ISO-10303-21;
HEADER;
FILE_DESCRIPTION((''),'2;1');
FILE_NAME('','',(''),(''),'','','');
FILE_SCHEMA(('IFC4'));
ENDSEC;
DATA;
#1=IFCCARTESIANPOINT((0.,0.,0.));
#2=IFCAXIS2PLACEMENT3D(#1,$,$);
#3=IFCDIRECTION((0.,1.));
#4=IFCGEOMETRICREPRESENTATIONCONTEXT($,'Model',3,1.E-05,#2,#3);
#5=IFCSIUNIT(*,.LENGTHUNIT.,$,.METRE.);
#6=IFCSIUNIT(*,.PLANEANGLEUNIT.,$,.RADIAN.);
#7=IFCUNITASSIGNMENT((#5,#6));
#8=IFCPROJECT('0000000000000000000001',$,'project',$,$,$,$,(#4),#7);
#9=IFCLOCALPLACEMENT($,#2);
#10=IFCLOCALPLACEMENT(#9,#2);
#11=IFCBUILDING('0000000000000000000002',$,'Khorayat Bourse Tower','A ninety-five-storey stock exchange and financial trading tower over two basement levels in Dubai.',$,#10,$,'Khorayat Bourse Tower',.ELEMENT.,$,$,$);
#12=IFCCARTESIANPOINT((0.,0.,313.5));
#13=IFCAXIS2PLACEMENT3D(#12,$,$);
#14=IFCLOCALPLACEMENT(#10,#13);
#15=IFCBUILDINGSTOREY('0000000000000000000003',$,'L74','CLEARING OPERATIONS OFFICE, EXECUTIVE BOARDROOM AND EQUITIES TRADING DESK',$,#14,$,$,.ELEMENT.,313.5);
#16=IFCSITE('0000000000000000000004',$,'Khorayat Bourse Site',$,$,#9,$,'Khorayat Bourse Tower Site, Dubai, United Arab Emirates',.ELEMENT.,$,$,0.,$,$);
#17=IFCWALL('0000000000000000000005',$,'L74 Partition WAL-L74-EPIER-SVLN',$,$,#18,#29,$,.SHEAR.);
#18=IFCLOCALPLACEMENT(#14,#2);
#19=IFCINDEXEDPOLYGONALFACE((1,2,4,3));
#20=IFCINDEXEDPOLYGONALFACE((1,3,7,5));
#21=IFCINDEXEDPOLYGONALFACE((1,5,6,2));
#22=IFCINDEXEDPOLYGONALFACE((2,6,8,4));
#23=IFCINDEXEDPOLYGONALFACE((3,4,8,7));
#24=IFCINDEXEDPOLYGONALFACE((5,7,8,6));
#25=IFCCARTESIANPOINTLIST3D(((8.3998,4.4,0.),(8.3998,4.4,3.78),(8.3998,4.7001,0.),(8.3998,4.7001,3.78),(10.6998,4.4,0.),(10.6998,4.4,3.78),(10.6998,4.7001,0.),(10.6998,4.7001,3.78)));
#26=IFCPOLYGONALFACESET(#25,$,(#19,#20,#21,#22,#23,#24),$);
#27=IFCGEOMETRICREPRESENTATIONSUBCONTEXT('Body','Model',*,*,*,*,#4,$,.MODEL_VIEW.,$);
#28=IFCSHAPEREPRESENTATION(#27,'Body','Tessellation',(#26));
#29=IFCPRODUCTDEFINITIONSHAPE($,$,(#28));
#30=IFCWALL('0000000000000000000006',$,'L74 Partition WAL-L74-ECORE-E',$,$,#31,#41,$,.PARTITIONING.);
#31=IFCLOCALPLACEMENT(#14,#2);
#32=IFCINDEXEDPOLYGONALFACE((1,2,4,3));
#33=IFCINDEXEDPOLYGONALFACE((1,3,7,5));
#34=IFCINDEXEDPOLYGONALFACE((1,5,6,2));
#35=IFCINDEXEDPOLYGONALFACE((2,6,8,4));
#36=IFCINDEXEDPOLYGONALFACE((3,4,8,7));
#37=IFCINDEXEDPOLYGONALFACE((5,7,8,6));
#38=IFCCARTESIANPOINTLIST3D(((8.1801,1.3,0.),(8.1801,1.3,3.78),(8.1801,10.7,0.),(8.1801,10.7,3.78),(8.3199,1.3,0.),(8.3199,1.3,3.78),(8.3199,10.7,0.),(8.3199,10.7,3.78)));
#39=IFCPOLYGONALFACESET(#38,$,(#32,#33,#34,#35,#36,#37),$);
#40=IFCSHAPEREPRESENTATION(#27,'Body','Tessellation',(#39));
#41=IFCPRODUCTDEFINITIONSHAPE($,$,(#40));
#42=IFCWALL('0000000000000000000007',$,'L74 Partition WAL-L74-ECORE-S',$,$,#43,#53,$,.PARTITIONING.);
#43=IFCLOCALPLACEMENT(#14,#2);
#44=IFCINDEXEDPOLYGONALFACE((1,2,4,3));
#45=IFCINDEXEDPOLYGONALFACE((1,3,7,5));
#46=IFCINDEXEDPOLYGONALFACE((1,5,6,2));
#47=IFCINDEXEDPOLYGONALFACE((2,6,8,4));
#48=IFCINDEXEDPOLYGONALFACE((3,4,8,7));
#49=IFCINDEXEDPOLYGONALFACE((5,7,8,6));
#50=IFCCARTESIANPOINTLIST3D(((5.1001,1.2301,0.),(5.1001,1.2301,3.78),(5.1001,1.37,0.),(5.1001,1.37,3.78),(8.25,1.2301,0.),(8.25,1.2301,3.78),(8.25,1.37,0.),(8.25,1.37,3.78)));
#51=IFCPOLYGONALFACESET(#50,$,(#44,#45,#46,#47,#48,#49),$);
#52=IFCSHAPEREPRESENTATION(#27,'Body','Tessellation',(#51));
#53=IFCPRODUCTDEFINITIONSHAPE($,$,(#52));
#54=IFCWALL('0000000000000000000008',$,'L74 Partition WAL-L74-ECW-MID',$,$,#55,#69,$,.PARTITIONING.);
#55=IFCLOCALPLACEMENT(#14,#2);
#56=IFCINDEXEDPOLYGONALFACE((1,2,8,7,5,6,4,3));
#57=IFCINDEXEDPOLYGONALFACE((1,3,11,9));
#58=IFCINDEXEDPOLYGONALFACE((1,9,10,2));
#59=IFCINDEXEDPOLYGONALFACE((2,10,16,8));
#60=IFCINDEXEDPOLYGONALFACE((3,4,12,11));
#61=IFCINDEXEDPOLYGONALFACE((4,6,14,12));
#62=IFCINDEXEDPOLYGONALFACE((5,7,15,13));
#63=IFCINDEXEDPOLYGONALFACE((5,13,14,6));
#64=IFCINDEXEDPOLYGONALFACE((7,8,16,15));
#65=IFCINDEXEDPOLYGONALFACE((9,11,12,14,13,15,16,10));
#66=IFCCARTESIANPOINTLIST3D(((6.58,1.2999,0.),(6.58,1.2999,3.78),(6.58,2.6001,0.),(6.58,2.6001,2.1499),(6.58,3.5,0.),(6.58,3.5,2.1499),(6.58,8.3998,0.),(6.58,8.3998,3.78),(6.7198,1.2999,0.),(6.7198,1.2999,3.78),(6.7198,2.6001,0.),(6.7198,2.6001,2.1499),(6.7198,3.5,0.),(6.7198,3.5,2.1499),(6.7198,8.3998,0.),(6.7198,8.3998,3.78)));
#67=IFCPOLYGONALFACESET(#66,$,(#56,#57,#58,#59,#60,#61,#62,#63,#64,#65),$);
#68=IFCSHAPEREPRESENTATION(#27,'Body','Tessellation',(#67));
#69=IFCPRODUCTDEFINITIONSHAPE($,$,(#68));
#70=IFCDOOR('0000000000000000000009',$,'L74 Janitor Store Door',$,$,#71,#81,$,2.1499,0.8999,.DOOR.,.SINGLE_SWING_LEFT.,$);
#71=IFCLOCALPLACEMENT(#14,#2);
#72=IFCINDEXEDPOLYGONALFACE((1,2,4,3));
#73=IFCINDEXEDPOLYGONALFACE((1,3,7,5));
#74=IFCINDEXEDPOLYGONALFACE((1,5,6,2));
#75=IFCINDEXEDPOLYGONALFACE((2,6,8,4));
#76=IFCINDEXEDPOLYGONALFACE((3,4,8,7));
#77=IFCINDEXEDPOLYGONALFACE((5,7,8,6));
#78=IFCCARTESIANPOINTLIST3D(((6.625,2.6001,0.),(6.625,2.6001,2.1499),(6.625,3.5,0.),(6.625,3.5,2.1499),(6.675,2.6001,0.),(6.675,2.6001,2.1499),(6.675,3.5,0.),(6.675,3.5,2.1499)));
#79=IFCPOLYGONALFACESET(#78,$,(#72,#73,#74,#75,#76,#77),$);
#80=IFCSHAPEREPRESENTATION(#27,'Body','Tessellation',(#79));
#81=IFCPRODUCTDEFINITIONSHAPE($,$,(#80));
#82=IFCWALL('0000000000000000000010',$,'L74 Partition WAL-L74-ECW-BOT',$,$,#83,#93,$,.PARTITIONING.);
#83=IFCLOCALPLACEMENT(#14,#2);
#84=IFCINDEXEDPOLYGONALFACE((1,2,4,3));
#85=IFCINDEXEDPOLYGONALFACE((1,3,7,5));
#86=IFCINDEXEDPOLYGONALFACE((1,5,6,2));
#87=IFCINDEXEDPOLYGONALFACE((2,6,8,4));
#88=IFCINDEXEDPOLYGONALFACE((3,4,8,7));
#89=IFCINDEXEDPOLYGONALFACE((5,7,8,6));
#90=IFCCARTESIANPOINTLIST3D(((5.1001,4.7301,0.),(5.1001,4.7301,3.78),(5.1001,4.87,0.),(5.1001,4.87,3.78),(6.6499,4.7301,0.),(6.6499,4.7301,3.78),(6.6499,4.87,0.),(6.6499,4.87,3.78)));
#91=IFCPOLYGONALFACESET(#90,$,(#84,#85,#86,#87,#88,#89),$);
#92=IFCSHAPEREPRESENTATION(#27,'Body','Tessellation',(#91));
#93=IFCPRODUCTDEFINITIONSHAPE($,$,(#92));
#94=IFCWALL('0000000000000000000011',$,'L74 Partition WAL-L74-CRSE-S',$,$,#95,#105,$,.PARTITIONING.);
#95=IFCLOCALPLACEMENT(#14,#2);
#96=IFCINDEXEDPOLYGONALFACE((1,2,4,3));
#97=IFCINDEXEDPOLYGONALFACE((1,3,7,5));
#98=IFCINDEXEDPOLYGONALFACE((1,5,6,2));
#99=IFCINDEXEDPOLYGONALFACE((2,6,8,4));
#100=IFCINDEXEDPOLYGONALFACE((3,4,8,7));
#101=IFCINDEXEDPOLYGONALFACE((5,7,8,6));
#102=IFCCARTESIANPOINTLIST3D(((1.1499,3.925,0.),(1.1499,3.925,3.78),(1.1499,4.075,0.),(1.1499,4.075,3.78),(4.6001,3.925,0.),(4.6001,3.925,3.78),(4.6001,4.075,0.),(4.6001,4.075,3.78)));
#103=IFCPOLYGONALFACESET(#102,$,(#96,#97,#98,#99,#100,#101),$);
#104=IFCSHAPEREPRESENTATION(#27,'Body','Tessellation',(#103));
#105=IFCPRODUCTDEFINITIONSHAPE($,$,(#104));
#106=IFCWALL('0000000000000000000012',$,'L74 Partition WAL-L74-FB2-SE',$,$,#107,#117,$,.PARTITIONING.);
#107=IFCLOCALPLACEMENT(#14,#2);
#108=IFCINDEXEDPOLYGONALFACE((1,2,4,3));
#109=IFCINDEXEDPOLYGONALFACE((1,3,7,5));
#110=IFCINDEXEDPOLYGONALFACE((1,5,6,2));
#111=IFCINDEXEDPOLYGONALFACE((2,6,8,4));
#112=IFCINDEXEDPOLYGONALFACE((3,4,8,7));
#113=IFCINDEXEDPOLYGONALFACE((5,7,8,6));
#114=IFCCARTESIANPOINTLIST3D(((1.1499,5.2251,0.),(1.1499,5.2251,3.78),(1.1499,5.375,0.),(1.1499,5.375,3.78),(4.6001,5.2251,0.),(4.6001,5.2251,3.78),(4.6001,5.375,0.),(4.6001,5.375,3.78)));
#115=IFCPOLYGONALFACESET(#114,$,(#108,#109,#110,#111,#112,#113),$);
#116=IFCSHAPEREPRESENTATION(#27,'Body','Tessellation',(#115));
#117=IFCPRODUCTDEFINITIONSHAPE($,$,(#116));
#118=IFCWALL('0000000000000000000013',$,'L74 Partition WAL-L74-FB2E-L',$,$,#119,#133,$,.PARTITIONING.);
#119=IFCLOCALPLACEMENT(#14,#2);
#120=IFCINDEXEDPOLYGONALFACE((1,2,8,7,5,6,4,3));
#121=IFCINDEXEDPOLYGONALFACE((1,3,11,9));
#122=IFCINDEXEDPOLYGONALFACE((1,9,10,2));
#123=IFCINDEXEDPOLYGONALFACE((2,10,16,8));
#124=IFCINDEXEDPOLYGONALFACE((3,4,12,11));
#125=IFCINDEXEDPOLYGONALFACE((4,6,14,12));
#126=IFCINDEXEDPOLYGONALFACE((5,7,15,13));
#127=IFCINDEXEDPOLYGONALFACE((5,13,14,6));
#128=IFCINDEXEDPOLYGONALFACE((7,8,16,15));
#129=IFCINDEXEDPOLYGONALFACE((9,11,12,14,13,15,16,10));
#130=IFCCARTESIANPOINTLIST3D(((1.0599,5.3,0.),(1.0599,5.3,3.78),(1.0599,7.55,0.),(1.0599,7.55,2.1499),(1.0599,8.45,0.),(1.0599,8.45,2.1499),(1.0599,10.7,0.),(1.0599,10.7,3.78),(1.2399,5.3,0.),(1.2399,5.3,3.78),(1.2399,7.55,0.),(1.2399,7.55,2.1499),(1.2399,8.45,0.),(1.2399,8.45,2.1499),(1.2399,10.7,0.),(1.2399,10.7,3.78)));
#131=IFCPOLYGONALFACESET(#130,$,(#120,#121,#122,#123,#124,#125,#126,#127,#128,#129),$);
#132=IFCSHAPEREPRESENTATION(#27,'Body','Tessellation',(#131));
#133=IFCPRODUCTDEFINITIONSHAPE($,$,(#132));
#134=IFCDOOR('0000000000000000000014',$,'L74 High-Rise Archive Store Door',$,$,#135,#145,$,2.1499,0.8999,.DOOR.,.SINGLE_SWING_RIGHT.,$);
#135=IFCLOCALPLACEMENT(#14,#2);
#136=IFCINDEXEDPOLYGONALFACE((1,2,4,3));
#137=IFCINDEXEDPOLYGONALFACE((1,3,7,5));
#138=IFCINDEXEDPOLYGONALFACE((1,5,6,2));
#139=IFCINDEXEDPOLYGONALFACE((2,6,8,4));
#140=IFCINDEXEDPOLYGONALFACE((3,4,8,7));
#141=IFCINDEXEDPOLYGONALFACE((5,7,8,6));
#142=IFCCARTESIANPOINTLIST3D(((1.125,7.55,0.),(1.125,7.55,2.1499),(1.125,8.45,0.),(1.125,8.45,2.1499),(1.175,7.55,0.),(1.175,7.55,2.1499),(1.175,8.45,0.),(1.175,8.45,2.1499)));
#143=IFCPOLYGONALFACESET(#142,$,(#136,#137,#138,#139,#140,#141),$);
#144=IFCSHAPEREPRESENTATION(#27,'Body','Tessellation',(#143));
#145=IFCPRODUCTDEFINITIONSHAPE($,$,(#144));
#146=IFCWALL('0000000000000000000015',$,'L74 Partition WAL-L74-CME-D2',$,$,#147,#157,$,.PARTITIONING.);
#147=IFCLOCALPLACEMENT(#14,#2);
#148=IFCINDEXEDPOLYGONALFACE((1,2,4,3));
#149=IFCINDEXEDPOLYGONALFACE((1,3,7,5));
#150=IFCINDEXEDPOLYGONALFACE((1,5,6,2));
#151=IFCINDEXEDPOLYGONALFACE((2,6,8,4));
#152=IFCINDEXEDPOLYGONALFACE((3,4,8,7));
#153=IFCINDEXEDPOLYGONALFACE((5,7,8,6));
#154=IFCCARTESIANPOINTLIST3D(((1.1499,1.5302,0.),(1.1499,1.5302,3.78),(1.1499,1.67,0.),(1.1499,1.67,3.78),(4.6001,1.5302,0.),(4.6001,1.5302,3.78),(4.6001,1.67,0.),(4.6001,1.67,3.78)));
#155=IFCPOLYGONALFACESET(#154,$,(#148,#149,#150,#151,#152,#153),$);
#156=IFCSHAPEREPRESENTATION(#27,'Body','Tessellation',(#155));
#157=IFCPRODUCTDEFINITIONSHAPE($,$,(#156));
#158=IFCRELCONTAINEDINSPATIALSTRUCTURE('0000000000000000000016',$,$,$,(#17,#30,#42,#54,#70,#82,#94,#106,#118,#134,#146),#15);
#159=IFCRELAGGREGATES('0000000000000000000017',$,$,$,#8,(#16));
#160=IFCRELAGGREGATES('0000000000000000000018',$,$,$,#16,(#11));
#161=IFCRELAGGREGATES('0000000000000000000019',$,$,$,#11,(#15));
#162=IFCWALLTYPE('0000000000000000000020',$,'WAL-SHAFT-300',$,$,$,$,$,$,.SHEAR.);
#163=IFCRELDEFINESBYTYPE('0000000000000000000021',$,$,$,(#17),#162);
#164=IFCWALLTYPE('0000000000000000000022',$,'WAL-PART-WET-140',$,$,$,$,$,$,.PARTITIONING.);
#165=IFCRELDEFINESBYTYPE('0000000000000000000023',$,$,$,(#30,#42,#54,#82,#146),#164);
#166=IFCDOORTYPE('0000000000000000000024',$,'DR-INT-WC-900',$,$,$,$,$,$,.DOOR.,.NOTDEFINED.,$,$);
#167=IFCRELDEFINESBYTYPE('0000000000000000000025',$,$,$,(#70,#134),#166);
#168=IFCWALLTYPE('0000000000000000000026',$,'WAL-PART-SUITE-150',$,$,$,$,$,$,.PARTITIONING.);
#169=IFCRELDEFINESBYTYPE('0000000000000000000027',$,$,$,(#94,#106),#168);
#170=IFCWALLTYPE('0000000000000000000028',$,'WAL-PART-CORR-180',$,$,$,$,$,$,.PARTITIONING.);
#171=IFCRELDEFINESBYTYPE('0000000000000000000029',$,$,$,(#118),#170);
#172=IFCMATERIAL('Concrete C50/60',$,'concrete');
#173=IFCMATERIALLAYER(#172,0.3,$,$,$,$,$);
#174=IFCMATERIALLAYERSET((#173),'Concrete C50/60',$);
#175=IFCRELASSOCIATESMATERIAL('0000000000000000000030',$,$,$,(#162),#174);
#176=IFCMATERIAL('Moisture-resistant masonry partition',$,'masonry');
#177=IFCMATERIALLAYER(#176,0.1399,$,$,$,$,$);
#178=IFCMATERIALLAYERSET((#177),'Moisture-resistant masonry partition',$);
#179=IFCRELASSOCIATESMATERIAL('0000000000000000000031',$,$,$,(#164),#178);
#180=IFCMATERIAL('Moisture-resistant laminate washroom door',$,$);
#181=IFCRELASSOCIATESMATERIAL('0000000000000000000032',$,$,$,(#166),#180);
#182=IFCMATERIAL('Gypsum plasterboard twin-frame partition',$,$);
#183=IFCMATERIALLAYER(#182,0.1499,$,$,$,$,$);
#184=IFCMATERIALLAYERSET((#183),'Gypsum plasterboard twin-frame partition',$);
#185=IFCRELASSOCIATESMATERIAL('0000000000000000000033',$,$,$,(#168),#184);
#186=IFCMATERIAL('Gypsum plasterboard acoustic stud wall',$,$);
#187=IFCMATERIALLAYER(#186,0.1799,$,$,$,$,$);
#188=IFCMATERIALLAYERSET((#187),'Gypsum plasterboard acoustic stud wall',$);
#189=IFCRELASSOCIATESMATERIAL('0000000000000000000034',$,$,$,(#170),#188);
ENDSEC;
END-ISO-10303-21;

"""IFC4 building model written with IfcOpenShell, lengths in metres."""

from ifc_helpers import new_model, si_unit, direction, frame, frame_2d, origin, place, context, subcontext, project, spatial, rectangle, extrude, source, transform, mapped, material, layer, layer_set, type_object, element, fill, save


model = new_model("IFC4")

# Units and contexts
model_context = context("Model", 3, precision=1e-05, world=origin(), true_north=direction((0.0, 1.0)))
body_context = subcontext(model_context, "Body", "Model", "MODEL_VIEW")
ifc_project = project(units=[si_unit("LENGTHUNIT", "METRE"), si_unit("PLANEANGLEUNIT", "RADIAN")], contexts=[model_context])

# Site, building, storey
site_placement = place(None, origin())
site = spatial("IfcSite", under=ifc_project, at=site_placement, Name="Khorayat Bourse Site", LongName="Khorayat Bourse Tower Site, Dubai, United Arab Emirates", CompositionType="ELEMENT", RefElevation=0.0)
building_placement = place(site_placement, origin())
building = spatial("IfcBuilding", under=site, at=building_placement, Name="Khorayat Bourse Tower", Description="A ninety-five-storey stock exchange and financial trading tower over two basement levels in Dubai.", LongName="Khorayat Bourse Tower", CompositionType="ELEMENT")
storey_placement = place(building_placement, frame((0.0, 0.0, 313.5)))
storey = spatial("IfcBuildingStorey", under=building, at=storey_placement, Name="L74", Description="CLEARING OPERATIONS OFFICE, EXECUTIVE BOARDROOM AND EQUITIES TRADING DESK", CompositionType="ELEMENT", Elevation=313.5)

# Walls
ifc_material_1 = material(Name="Concrete C50/60", Category="concrete")
ifc_layer_1 = layer(ifc_material_1, 0.3)
ifc_layer_set_1 = layer_set([ifc_layer_1], Name="Concrete C50/60")
wall_type_1 = type_object("IfcWallType", Name="WAL-SHAFT-300", PredefinedType="SHEAR", material=ifc_layer_set_1)
shared_shape_1 = source(origin(), body_context, "Body", "SweptSolid", [
    extrude(rectangle(XDim=2.3, YDim=0.3, at=frame_2d((1.1499, 0.0))), origin(), (0.0, 0.0, 1.0), 3.78),
])
wall_1_placement = place(storey_placement, frame((8.3999, 4.55, 0.0), z_axis=(0.0, 0.0, 1.0), x_axis=(1.0, 0.0, 0.0)))
element("IfcWall", 1, at=wall_1_placement, inside=storey, type_object=wall_type_1, Name="L74 Partition WAL-L74-EPIER-SVLN", PredefinedType="SHEAR", context=body_context, shape_type="MappedRepresentation", body=[
    mapped(shared_shape_1, transform((0.0, 0.0, 0.0), scale=1.0)),
])
ifc_material_2 = material(Name="Moisture-resistant masonry partition", Category="masonry")
ifc_layer_2 = layer(ifc_material_2, 0.1399)
ifc_layer_set_2 = layer_set([ifc_layer_2], Name="Moisture-resistant masonry partition")
wall_type_2 = type_object("IfcWallType", Name="WAL-PART-WET-140", PredefinedType="PARTITIONING", material=ifc_layer_set_2)
shared_shape_2 = source(origin(), body_context, "Body", "SweptSolid", [
    extrude(rectangle(XDim=9.3999, YDim=0.1399, at=frame_2d((4.7, 0.0))), origin(), (0.0, 0.0, 1.0), 3.78),
])
wall_2_placement = place(storey_placement, frame((8.25, 1.3, 0.0), z_axis=(0.0, 0.0, 1.0), x_axis=(0.0, 1.0, 0.0)))
element("IfcWall", 2, at=wall_2_placement, inside=storey, type_object=wall_type_2, Name="L74 Partition WAL-L74-ECORE-E", PredefinedType="PARTITIONING", context=body_context, shape_type="MappedRepresentation", body=[
    mapped(shared_shape_2, transform((0.0, 0.0, 0.0), scale=1.0)),
])
shared_shape_3 = source(origin(), body_context, "Body", "SweptSolid", [
    extrude(rectangle(XDim=3.1499, YDim=0.1399, at=frame_2d((1.575, 0.0))), origin(), (0.0, 0.0, 1.0), 3.78),
])
wall_3_placement = place(storey_placement, frame((5.1001, 1.3, 0.0), z_axis=(0.0, 0.0, 1.0), x_axis=(1.0, 0.0, 0.0)))
element("IfcWall", 3, at=wall_3_placement, inside=storey, type_object=wall_type_2, Name="L74 Partition WAL-L74-ECORE-S", PredefinedType="PARTITIONING", context=body_context, shape_type="MappedRepresentation", body=[
    mapped(shared_shape_3, transform((0.0, 0.0, 0.0), scale=1.0)),
])

# Wall, opening, door
shared_shape_4 = source(origin(), body_context, "Body", "SweptSolid", [
    extrude(rectangle(XDim=7.0999, YDim=0.1399, at=frame_2d((3.5498, 0.0))), origin(), (0.0, 0.0, 1.0), 3.78),
])
wall_4_placement = place(storey_placement, frame((6.6499, 1.3, 0.0), z_axis=(0.0, 0.0, 1.0), x_axis=(0.0, 1.0, 0.0)))
wall_4 = element("IfcWall", 4, at=wall_4_placement, inside=storey, type_object=wall_type_2, Name="L74 Partition WAL-L74-ECW-MID", PredefinedType="PARTITIONING", context=body_context, shape_type="MappedRepresentation", body=[
    mapped(shared_shape_4, transform((0.0, 0.0, 0.0), scale=1.0)),
])
shared_shape_5 = source(origin(), body_context, "Body", "SweptSolid", [
    extrude(rectangle(XDim=0.8999, YDim=2.1499, at=frame_2d((0.45, 1.075))), frame((0.0, 0.0798, 0.0), z_axis=(0.0, -1.0, 0.0), x_axis=(1.0, 0.0, 0.0)), (0.0, 0.0, 1.0), 0.1599),
])
opening_1_placement = place(wall_4_placement, frame((1.3, 0.0, 0.0)))
opening_1 = element("IfcOpeningElement", 5, at=opening_1_placement, cuts=wall_4, PredefinedType="OPENING", context=body_context, shape_type="MappedRepresentation", body=[
    mapped(shared_shape_5, transform((0.0, 0.0, 0.0), scale=1.0)),
])
ifc_material_3 = material(Name="Moisture-resistant laminate washroom door")
door_type = type_object("IfcDoorType", Name="DR-INT-WC-900", OperationType="NOTDEFINED", PredefinedType="DOOR", material=ifc_material_3)
shared_shape_6 = source(origin(), body_context, "Body", "SweptSolid", [
    extrude(rectangle(XDim=0.8999, YDim=2.1499, at=frame_2d((0.45, 1.075))), frame((0.0, 0.0249, 0.0), z_axis=(0.0, -1.0, 0.0), x_axis=(1.0, 0.0, 0.0)), (0.0, 0.0, 1.0), 0.05),
])
door_1_placement = place(opening_1_placement, origin())
door_1 = element("IfcDoor", 6, at=door_1_placement, inside=storey, type_object=door_type, Name="L74 Janitor Store Door", OperationType="SINGLE_SWING_LEFT", OverallHeight=2.1499, OverallWidth=0.8999, PredefinedType="DOOR", context=body_context, shape_type="MappedRepresentation", body=[
    mapped(shared_shape_6, transform((0.0, 0.0, 0.0), scale=1.0)),
])
fill(opening_1, door_1)

# Walls
shared_shape_7 = source(origin(), body_context, "Body", "SweptSolid", [
    extrude(rectangle(XDim=1.5498, YDim=0.1399, at=frame_2d((0.7749, 0.0))), origin(), (0.0, 0.0, 1.0), 3.78),
])
wall_5_placement = place(storey_placement, frame((5.1001, 4.8, 0.0), z_axis=(0.0, 0.0, 1.0), x_axis=(1.0, 0.0, 0.0)))
element("IfcWall", 7, at=wall_5_placement, inside=storey, type_object=wall_type_2, Name="L74 Partition WAL-L74-ECW-BOT", PredefinedType="PARTITIONING", context=body_context, shape_type="MappedRepresentation", body=[
    mapped(shared_shape_7, transform((0.0, 0.0, 0.0), scale=1.0)),
])
ifc_material_4 = material(Name="Gypsum plasterboard twin-frame partition")
ifc_layer_3 = layer(ifc_material_4, 0.1499)
ifc_layer_set_3 = layer_set([ifc_layer_3], Name="Gypsum plasterboard twin-frame partition")
wall_type_3 = type_object("IfcWallType", Name="WAL-PART-SUITE-150", PredefinedType="PARTITIONING", material=ifc_layer_set_3)
shared_shape_8 = source(origin(), body_context, "Body", "SweptSolid", [
    extrude(rectangle(XDim=3.4502, YDim=0.1499, at=frame_2d((1.7251, 0.0))), origin(), (0.0, 0.0, 1.0), 3.78),
])
for number, where, z_axis, x_axis, name in (
    (8, (1.1499, 4.0, 0.0), (0.0, 0.0, 1.0), (1.0, 0.0, 0.0), "L74 Partition WAL-L74-CRSE-S"),
    (9, (1.1499, 5.3, 0.0), (0.0, 0.0, 1.0), (1.0, 0.0, 0.0), "L74 Partition WAL-L74-FB2-SE"),
):
    element("IfcWall", number, at=place(storey_placement, frame(where, z_axis=z_axis, x_axis=x_axis)), inside=storey, type_object=wall_type_3, Name=name, PredefinedType="PARTITIONING", context=body_context, shape_type="MappedRepresentation", body=[
        mapped(shared_shape_8, transform((0.0, 0.0, 0.0), scale=1.0)),
    ])

# Shared definitions
ifc_material_5 = material(Name="Gypsum plasterboard acoustic stud wall")
ifc_layer_4 = layer(ifc_material_5, 0.1799)
ifc_layer_set_4 = layer_set([ifc_layer_4], Name="Gypsum plasterboard acoustic stud wall")
wall_type_4 = type_object("IfcWallType", Name="WAL-PART-CORR-180", PredefinedType="PARTITIONING", material=ifc_layer_set_4)
shared_shape_9 = source(origin(), body_context, "Body", "SweptSolid", [
    extrude(rectangle(XDim=5.3999, YDim=0.1799, at=frame_2d((2.7, 0.0))), origin(), (0.0, 0.0, 1.0), 3.78),
])
shared_shape_10 = source(origin(), body_context, "Body", "SweptSolid", [
    extrude(rectangle(XDim=0.8999, YDim=2.1499, at=frame_2d((0.45, 1.075))), frame((0.0, 0.0999, 0.0), z_axis=(0.0, -1.0, 0.0), x_axis=(1.0, 0.0, 0.0)), (0.0, 0.0, 1.0), 0.2),
])

# Wall, opening, door
wall_6_placement = place(storey_placement, frame((1.1499, 5.3, 0.0), z_axis=(0.0, 0.0, 1.0), x_axis=(0.0, 1.0, 0.0)))
wall_6 = element("IfcWall", 10, at=wall_6_placement, inside=storey, type_object=wall_type_4, Name="L74 Partition WAL-L74-FB2E-L", PredefinedType="PARTITIONING", context=body_context, shape_type="MappedRepresentation", body=[
    mapped(shared_shape_9, transform((0.0, 0.0, 0.0), scale=1.0)),
])
opening_2_placement = place(wall_6_placement, frame((2.25, 0.0, 0.0)))
opening_2 = element("IfcOpeningElement", 11, at=opening_2_placement, cuts=wall_6, PredefinedType="OPENING", context=body_context, shape_type="MappedRepresentation", body=[
    mapped(shared_shape_10, transform((0.0, 0.0, 0.0), scale=1.0)),
])
door_2_placement = place(opening_2_placement, origin())
door_2 = element("IfcDoor", 12, at=door_2_placement, inside=storey, type_object=door_type, Name="L74 High-Rise Archive Store Door", OperationType="SINGLE_SWING_RIGHT", OverallHeight=2.1499, OverallWidth=0.8999, PredefinedType="DOOR", context=body_context, shape_type="MappedRepresentation", body=[
    mapped(shared_shape_6, transform((0.0, 0.0, 0.0), scale=1.0)),
])
fill(opening_2, door_2)

# Wall
shared_shape_11 = source(origin(), body_context, "Body", "SweptSolid", [
    extrude(rectangle(XDim=3.4502, YDim=0.1399, at=frame_2d((1.7251, 0.0))), origin(), (0.0, 0.0, 1.0), 3.78),
])
wall_7_placement = place(storey_placement, frame((1.1499, 1.6001, 0.0), z_axis=(0.0, 0.0, 1.0), x_axis=(1.0, 0.0, 0.0)))
element("IfcWall", 13, at=wall_7_placement, inside=storey, type_object=wall_type_2, Name="L74 Partition WAL-L74-CME-D2", PredefinedType="PARTITIONING", context=body_context, shape_type="MappedRepresentation", body=[
    mapped(shared_shape_11, transform((0.0, 0.0, 0.0), scale=1.0)),
])

save(model, "model.ifc")
